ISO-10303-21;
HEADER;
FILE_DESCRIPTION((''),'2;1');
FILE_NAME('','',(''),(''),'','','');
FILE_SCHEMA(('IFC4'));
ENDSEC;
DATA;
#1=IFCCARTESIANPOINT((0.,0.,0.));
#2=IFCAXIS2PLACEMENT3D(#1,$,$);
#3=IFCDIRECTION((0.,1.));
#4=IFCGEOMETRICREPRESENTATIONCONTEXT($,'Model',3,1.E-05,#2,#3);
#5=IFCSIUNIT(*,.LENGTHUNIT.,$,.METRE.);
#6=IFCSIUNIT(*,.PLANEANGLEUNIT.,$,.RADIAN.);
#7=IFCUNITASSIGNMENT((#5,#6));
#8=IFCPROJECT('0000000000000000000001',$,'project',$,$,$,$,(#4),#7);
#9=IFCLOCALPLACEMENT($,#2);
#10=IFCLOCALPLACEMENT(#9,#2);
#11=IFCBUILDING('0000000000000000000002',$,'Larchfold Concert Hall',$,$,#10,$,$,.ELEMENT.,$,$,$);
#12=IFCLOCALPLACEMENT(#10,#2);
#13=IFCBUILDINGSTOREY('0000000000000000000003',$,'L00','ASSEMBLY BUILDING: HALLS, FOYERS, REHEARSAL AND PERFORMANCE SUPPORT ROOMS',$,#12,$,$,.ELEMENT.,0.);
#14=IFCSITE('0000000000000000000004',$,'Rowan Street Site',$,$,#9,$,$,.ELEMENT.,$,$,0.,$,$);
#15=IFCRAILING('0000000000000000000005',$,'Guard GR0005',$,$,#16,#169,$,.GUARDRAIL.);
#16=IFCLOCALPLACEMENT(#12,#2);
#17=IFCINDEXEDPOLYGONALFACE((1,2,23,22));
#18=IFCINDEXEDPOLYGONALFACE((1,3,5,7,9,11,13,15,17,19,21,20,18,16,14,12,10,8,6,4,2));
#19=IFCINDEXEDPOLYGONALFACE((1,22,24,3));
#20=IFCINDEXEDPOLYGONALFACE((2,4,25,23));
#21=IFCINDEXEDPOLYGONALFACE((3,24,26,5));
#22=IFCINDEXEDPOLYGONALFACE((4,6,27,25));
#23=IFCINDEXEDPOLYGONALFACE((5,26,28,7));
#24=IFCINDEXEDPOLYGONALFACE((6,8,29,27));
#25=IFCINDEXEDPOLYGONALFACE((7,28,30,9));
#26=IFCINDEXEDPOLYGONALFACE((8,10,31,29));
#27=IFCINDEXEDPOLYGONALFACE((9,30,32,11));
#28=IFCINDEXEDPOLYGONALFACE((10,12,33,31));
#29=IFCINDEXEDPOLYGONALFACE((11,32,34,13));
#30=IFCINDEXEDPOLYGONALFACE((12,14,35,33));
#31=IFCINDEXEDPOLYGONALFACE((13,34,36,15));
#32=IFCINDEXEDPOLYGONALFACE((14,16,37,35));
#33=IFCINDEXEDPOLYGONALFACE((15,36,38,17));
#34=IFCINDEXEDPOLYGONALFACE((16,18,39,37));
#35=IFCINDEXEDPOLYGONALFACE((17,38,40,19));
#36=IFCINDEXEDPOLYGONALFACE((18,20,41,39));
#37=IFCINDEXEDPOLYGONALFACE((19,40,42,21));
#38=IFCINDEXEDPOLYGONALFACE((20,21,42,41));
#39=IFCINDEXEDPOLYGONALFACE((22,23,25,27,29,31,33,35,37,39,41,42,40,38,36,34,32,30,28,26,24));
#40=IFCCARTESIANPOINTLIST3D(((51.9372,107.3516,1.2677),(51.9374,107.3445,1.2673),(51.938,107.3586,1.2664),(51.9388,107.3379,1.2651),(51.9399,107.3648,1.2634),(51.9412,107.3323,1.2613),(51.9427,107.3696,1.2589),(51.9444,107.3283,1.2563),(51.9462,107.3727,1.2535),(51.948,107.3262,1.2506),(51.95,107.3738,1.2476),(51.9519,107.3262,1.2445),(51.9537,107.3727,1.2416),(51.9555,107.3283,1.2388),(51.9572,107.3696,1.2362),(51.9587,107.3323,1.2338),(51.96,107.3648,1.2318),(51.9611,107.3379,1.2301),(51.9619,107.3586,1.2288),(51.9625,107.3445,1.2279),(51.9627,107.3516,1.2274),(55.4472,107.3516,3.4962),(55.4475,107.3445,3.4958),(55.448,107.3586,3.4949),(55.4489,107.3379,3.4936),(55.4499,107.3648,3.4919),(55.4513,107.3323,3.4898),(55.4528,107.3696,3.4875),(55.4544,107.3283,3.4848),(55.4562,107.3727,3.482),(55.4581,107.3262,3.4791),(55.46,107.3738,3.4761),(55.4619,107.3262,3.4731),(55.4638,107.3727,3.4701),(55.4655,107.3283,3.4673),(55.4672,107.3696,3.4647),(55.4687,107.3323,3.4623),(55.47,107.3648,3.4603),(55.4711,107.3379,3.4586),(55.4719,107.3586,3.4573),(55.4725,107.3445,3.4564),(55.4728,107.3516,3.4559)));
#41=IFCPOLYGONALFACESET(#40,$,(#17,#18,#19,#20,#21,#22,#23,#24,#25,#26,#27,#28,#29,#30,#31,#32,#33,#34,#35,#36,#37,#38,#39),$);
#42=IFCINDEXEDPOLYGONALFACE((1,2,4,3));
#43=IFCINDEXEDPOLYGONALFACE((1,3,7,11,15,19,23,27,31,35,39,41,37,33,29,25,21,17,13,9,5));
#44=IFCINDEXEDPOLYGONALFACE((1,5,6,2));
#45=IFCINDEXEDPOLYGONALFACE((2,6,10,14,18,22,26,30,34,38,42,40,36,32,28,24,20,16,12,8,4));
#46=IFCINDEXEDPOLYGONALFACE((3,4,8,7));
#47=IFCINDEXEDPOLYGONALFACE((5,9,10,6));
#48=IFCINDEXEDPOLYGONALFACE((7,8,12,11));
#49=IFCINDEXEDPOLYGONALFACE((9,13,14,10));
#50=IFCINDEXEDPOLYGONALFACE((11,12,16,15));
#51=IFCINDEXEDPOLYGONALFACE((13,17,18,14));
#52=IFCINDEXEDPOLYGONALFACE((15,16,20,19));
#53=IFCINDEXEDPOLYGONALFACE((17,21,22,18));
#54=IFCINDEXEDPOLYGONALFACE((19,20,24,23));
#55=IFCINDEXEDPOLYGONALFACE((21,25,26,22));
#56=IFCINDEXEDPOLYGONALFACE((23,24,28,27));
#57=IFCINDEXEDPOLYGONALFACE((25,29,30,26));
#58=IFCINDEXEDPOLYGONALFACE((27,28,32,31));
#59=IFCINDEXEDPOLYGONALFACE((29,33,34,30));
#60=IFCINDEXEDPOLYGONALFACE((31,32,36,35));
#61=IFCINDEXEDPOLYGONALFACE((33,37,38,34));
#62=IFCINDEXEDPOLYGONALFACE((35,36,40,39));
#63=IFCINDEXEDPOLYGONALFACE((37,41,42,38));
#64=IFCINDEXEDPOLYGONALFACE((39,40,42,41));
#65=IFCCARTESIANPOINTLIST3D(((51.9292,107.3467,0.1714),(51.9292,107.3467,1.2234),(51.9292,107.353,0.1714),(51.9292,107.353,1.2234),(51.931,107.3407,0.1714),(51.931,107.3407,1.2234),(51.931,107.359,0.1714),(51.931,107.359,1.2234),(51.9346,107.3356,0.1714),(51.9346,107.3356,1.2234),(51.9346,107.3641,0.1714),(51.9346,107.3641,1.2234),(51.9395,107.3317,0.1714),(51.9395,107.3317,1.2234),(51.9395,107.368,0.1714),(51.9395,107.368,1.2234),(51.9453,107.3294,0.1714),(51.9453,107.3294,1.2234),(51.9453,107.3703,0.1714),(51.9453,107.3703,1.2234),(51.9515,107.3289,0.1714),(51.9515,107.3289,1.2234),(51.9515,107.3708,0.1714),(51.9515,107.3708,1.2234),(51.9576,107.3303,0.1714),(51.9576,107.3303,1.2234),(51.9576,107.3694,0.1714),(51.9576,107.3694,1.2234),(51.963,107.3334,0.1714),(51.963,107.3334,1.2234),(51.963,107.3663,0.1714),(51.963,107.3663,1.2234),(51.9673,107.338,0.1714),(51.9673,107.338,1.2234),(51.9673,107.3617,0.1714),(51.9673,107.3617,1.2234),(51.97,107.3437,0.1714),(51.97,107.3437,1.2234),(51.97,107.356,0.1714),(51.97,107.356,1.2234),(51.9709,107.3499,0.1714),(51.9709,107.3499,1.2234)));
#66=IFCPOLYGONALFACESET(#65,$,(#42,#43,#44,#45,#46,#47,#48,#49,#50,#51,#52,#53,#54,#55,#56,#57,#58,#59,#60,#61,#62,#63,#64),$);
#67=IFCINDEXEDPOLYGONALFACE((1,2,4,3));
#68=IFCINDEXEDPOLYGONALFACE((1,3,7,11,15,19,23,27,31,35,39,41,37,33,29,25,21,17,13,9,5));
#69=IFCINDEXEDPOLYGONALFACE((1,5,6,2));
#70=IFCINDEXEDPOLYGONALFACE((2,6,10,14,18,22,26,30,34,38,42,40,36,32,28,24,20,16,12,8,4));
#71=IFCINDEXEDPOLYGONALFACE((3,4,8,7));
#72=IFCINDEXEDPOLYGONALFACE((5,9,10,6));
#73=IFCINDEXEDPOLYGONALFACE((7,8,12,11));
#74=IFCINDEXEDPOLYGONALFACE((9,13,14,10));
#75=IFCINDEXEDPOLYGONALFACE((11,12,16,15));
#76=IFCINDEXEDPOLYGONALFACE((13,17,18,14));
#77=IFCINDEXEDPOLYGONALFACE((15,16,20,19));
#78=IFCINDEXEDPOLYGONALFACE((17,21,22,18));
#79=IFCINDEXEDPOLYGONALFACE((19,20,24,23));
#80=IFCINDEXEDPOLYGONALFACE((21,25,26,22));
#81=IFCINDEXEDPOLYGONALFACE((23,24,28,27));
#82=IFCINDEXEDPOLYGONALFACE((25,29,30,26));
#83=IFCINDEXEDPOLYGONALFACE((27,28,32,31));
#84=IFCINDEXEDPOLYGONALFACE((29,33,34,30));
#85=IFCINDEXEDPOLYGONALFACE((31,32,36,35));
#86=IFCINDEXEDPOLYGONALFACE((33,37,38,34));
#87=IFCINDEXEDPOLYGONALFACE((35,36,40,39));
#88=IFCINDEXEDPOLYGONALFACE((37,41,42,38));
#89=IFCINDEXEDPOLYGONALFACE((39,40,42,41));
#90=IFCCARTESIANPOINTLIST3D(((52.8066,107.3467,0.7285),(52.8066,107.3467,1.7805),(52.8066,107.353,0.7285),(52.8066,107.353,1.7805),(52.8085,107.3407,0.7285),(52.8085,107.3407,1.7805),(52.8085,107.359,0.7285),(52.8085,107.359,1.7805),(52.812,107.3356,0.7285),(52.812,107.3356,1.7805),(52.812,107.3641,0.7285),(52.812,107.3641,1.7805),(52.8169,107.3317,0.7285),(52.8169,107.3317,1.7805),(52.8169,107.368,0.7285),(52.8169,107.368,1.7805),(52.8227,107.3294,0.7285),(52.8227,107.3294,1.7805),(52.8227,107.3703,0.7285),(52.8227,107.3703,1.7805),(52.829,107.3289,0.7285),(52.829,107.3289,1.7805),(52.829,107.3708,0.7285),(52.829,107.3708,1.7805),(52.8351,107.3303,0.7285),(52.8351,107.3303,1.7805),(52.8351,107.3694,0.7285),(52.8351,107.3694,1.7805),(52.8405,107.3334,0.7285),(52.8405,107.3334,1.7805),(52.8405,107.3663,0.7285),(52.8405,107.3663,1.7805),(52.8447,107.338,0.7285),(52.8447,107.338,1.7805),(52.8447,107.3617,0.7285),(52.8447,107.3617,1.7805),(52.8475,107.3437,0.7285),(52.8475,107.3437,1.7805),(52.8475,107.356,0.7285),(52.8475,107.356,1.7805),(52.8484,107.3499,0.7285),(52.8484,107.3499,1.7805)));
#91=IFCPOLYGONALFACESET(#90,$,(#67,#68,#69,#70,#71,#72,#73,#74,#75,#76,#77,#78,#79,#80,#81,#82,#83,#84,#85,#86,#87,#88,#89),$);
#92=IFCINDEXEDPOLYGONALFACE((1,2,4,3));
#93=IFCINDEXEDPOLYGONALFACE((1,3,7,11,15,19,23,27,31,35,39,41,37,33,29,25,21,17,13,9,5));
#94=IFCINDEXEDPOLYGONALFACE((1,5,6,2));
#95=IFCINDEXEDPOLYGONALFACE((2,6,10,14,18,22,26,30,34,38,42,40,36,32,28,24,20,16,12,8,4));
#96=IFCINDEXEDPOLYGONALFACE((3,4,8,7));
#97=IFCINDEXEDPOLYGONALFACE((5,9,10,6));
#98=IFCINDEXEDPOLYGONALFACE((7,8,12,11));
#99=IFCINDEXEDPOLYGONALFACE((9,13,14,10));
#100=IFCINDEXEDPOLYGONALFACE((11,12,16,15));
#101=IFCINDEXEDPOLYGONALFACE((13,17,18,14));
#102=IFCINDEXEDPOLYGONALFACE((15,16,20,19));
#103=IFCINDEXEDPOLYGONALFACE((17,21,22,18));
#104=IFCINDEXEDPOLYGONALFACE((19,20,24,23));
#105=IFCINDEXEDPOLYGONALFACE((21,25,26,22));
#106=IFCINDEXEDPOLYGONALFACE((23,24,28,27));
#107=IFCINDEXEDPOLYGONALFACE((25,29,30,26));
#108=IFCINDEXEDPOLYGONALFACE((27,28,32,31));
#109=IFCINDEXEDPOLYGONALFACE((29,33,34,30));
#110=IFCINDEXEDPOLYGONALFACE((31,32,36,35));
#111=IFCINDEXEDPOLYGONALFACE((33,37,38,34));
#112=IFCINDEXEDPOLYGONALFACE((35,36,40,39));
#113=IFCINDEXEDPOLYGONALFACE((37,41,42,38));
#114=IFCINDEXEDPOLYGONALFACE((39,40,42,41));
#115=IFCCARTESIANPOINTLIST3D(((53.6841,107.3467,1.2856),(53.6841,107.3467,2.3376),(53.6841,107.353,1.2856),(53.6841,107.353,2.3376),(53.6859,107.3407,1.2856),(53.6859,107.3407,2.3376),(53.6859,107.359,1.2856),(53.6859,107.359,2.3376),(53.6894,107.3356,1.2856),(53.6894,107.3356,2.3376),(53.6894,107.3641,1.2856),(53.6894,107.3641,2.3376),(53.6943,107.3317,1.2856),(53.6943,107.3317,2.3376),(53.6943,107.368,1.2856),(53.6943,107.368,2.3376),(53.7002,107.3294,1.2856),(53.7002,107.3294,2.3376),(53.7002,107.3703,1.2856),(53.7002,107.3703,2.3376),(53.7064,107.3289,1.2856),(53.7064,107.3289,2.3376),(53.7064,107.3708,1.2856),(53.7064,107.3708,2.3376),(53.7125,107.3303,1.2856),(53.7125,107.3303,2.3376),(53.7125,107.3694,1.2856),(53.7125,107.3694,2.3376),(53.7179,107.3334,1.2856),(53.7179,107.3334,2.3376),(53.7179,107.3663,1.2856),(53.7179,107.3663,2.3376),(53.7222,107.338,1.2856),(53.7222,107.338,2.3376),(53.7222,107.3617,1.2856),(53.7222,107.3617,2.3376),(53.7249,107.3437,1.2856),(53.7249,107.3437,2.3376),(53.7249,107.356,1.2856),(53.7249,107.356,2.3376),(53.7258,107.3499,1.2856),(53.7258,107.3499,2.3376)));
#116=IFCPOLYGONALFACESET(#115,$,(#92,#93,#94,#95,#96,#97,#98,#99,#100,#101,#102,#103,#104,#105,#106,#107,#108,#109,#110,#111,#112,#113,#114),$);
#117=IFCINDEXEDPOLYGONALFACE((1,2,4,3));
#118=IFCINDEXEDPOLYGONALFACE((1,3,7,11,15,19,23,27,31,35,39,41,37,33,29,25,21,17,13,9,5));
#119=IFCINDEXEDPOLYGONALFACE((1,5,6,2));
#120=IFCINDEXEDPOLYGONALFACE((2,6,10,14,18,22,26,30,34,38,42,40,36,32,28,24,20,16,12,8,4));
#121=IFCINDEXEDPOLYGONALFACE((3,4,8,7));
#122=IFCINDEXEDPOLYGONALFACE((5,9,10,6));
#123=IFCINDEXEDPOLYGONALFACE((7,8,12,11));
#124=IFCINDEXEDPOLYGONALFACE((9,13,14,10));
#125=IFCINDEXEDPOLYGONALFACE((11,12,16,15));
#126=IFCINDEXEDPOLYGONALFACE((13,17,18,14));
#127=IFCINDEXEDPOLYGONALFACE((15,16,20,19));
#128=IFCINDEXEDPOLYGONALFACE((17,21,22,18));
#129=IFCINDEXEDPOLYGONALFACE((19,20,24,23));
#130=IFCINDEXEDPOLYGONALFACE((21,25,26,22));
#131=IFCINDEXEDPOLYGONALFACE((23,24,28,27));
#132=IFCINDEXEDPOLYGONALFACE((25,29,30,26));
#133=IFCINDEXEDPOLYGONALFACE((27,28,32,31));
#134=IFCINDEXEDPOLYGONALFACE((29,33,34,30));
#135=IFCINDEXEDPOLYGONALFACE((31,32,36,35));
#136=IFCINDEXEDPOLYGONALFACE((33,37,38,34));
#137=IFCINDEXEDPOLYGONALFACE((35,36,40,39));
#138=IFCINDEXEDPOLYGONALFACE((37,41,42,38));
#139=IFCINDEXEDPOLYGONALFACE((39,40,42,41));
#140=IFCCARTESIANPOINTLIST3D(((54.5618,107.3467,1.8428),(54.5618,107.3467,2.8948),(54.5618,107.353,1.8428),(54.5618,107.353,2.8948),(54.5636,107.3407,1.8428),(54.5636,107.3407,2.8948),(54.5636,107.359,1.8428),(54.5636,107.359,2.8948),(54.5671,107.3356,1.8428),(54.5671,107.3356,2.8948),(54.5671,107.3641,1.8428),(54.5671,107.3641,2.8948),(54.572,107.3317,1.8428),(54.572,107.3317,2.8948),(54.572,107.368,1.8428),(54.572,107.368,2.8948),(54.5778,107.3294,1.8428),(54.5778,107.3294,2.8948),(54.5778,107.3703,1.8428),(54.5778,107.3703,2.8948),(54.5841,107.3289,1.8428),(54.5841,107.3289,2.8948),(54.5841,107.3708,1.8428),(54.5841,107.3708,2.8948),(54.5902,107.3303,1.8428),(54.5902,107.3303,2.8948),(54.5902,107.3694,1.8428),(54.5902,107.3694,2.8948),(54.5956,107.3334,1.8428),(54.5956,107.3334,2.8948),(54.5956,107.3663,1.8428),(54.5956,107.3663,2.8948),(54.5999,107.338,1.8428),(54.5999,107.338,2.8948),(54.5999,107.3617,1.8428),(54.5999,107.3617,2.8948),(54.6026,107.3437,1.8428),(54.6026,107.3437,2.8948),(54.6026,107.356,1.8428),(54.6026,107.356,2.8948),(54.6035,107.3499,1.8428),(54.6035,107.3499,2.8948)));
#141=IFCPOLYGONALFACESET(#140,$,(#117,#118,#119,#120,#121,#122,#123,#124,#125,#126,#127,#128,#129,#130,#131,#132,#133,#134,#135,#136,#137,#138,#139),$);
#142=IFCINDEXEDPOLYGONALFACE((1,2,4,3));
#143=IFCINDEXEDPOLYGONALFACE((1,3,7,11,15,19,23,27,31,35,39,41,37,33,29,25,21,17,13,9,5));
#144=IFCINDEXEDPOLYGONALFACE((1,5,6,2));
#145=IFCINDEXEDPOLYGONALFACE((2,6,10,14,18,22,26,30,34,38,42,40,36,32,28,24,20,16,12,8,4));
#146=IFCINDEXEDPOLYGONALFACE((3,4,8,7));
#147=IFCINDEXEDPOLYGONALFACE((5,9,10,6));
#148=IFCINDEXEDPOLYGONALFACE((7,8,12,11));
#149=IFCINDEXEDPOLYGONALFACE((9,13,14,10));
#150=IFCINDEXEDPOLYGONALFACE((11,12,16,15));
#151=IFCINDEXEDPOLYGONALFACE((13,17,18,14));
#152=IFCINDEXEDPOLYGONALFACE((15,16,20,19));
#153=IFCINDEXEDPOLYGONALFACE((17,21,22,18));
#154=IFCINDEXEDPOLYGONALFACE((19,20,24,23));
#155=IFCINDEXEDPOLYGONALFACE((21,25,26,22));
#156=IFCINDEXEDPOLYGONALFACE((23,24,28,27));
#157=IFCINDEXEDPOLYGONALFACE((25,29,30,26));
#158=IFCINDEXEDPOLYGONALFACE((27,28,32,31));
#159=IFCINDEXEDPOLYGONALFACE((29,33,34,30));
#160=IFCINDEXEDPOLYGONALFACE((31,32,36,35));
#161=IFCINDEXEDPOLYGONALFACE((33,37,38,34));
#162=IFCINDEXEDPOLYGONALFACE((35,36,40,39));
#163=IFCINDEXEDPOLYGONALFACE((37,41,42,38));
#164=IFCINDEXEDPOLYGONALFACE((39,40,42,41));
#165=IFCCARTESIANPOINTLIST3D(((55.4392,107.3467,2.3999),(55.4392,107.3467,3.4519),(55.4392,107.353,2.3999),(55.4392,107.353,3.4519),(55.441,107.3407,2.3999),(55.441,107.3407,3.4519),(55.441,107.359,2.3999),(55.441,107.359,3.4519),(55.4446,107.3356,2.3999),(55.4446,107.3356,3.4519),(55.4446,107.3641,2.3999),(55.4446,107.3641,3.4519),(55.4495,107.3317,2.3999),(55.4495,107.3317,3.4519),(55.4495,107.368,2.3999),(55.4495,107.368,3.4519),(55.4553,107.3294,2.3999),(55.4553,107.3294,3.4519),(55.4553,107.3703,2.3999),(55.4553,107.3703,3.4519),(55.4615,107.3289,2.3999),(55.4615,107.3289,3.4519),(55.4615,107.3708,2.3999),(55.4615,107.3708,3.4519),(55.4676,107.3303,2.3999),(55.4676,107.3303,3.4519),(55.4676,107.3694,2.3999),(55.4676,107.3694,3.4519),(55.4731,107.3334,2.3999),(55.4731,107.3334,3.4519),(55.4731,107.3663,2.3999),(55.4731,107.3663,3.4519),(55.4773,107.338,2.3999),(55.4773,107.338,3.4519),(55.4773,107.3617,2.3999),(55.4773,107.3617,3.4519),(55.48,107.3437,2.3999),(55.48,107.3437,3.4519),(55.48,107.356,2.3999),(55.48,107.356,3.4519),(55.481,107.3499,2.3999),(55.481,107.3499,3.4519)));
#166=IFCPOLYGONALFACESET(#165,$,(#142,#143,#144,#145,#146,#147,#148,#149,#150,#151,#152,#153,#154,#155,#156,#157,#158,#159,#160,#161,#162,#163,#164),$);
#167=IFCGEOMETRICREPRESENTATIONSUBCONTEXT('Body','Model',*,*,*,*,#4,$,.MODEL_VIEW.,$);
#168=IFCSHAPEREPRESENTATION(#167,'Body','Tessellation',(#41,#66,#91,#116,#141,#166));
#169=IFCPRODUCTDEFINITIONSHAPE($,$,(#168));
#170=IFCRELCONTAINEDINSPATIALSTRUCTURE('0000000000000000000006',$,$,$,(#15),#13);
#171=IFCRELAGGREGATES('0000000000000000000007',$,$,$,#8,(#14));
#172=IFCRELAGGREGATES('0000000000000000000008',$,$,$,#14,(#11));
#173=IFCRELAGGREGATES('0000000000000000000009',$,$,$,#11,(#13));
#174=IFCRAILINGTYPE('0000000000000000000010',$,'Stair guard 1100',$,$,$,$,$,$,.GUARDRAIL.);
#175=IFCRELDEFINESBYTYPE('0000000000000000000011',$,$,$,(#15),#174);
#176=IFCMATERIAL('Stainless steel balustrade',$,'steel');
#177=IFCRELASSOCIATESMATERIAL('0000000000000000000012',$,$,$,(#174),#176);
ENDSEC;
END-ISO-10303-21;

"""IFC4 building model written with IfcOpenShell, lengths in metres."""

from ifc_helpers import new_model, si_unit, direction, frame, origin, origin_2d, place, context, subcontext, project, spatial, circle, extrude, material, type_object, element, save


model = new_model("IFC4")

# Units and contexts
model_context = context("Model", 3, precision=1e-05, world=origin(), true_north=direction((0.0, 1.0)))
body_context = subcontext(model_context, "Body", "Model", "MODEL_VIEW")
ifc_project = project(units=[si_unit("LENGTHUNIT", "METRE"), si_unit("PLANEANGLEUNIT", "RADIAN")], contexts=[model_context])

# Site, building, storey
site_placement = place(None, origin())
site = spatial("IfcSite", under=ifc_project, at=site_placement, Name="Rowan Street Site", CompositionType="ELEMENT", RefElevation=0.0)
building_placement = place(site_placement, origin())
building = spatial("IfcBuilding", under=site, at=building_placement, Name="Larchfold Concert Hall", CompositionType="ELEMENT")
storey_placement = place(building_placement, origin())
storey = spatial("IfcBuildingStorey", under=building, at=storey_placement, Name="L00", Description="ASSEMBLY BUILDING: HALLS, FOYERS, REHEARSAL AND PERFORMANCE SUPPORT ROOMS", CompositionType="ELEMENT", Elevation=0.0)

# Railing
ifc_material_1 = material(Name="Stainless steel balustrade", Category="steel")
railing_type_1 = type_object("IfcRailingType", Name="Stair guard 1100", PredefinedType="GUARDRAIL", material=ifc_material_1)
railing_1_placement = place(storey_placement, frame((51.95, 107.3499, 0.1714)))
element("IfcRailing", 1, at=railing_1_placement, inside=storey, type_object=railing_type_1, Name="Guard GR0005", PredefinedType="GUARDRAIL", context=body_context, shape_type="SweptSolid", body=[
    extrude(circle(Radius=0.0239, at=origin_2d()), frame((0.0, 0.0, 1.0762), z_axis=(0.84422, 0.0, 0.535998), x_axis=(0.0, 1.0, 0.0)), (0.0, 0.0, 1.0), 4.1577),
    extrude(circle(Radius=0.021, at=origin_2d()), origin(), (0.0, 0.0, 1.0), 1.052),
    extrude(circle(Radius=0.021, at=origin_2d()), frame((0.8774, 0.0, 0.5571)), (0.0, 0.0, 1.0), 1.052),
    extrude(circle(Radius=0.021, at=origin_2d()), frame((1.7549, 0.0, 1.1143)), (0.0, 0.0, 1.0), 1.052),
    extrude(circle(Radius=0.021, at=origin_2d()), frame((2.6326, 0.0, 1.6714)), (0.0, 0.0, 1.0), 1.052),
    extrude(circle(Radius=0.021, at=origin_2d()), frame((3.51, 0.0, 2.2285)), (0.0, 0.0, 1.0), 1.052),
])

save(model, "model.ifc")
